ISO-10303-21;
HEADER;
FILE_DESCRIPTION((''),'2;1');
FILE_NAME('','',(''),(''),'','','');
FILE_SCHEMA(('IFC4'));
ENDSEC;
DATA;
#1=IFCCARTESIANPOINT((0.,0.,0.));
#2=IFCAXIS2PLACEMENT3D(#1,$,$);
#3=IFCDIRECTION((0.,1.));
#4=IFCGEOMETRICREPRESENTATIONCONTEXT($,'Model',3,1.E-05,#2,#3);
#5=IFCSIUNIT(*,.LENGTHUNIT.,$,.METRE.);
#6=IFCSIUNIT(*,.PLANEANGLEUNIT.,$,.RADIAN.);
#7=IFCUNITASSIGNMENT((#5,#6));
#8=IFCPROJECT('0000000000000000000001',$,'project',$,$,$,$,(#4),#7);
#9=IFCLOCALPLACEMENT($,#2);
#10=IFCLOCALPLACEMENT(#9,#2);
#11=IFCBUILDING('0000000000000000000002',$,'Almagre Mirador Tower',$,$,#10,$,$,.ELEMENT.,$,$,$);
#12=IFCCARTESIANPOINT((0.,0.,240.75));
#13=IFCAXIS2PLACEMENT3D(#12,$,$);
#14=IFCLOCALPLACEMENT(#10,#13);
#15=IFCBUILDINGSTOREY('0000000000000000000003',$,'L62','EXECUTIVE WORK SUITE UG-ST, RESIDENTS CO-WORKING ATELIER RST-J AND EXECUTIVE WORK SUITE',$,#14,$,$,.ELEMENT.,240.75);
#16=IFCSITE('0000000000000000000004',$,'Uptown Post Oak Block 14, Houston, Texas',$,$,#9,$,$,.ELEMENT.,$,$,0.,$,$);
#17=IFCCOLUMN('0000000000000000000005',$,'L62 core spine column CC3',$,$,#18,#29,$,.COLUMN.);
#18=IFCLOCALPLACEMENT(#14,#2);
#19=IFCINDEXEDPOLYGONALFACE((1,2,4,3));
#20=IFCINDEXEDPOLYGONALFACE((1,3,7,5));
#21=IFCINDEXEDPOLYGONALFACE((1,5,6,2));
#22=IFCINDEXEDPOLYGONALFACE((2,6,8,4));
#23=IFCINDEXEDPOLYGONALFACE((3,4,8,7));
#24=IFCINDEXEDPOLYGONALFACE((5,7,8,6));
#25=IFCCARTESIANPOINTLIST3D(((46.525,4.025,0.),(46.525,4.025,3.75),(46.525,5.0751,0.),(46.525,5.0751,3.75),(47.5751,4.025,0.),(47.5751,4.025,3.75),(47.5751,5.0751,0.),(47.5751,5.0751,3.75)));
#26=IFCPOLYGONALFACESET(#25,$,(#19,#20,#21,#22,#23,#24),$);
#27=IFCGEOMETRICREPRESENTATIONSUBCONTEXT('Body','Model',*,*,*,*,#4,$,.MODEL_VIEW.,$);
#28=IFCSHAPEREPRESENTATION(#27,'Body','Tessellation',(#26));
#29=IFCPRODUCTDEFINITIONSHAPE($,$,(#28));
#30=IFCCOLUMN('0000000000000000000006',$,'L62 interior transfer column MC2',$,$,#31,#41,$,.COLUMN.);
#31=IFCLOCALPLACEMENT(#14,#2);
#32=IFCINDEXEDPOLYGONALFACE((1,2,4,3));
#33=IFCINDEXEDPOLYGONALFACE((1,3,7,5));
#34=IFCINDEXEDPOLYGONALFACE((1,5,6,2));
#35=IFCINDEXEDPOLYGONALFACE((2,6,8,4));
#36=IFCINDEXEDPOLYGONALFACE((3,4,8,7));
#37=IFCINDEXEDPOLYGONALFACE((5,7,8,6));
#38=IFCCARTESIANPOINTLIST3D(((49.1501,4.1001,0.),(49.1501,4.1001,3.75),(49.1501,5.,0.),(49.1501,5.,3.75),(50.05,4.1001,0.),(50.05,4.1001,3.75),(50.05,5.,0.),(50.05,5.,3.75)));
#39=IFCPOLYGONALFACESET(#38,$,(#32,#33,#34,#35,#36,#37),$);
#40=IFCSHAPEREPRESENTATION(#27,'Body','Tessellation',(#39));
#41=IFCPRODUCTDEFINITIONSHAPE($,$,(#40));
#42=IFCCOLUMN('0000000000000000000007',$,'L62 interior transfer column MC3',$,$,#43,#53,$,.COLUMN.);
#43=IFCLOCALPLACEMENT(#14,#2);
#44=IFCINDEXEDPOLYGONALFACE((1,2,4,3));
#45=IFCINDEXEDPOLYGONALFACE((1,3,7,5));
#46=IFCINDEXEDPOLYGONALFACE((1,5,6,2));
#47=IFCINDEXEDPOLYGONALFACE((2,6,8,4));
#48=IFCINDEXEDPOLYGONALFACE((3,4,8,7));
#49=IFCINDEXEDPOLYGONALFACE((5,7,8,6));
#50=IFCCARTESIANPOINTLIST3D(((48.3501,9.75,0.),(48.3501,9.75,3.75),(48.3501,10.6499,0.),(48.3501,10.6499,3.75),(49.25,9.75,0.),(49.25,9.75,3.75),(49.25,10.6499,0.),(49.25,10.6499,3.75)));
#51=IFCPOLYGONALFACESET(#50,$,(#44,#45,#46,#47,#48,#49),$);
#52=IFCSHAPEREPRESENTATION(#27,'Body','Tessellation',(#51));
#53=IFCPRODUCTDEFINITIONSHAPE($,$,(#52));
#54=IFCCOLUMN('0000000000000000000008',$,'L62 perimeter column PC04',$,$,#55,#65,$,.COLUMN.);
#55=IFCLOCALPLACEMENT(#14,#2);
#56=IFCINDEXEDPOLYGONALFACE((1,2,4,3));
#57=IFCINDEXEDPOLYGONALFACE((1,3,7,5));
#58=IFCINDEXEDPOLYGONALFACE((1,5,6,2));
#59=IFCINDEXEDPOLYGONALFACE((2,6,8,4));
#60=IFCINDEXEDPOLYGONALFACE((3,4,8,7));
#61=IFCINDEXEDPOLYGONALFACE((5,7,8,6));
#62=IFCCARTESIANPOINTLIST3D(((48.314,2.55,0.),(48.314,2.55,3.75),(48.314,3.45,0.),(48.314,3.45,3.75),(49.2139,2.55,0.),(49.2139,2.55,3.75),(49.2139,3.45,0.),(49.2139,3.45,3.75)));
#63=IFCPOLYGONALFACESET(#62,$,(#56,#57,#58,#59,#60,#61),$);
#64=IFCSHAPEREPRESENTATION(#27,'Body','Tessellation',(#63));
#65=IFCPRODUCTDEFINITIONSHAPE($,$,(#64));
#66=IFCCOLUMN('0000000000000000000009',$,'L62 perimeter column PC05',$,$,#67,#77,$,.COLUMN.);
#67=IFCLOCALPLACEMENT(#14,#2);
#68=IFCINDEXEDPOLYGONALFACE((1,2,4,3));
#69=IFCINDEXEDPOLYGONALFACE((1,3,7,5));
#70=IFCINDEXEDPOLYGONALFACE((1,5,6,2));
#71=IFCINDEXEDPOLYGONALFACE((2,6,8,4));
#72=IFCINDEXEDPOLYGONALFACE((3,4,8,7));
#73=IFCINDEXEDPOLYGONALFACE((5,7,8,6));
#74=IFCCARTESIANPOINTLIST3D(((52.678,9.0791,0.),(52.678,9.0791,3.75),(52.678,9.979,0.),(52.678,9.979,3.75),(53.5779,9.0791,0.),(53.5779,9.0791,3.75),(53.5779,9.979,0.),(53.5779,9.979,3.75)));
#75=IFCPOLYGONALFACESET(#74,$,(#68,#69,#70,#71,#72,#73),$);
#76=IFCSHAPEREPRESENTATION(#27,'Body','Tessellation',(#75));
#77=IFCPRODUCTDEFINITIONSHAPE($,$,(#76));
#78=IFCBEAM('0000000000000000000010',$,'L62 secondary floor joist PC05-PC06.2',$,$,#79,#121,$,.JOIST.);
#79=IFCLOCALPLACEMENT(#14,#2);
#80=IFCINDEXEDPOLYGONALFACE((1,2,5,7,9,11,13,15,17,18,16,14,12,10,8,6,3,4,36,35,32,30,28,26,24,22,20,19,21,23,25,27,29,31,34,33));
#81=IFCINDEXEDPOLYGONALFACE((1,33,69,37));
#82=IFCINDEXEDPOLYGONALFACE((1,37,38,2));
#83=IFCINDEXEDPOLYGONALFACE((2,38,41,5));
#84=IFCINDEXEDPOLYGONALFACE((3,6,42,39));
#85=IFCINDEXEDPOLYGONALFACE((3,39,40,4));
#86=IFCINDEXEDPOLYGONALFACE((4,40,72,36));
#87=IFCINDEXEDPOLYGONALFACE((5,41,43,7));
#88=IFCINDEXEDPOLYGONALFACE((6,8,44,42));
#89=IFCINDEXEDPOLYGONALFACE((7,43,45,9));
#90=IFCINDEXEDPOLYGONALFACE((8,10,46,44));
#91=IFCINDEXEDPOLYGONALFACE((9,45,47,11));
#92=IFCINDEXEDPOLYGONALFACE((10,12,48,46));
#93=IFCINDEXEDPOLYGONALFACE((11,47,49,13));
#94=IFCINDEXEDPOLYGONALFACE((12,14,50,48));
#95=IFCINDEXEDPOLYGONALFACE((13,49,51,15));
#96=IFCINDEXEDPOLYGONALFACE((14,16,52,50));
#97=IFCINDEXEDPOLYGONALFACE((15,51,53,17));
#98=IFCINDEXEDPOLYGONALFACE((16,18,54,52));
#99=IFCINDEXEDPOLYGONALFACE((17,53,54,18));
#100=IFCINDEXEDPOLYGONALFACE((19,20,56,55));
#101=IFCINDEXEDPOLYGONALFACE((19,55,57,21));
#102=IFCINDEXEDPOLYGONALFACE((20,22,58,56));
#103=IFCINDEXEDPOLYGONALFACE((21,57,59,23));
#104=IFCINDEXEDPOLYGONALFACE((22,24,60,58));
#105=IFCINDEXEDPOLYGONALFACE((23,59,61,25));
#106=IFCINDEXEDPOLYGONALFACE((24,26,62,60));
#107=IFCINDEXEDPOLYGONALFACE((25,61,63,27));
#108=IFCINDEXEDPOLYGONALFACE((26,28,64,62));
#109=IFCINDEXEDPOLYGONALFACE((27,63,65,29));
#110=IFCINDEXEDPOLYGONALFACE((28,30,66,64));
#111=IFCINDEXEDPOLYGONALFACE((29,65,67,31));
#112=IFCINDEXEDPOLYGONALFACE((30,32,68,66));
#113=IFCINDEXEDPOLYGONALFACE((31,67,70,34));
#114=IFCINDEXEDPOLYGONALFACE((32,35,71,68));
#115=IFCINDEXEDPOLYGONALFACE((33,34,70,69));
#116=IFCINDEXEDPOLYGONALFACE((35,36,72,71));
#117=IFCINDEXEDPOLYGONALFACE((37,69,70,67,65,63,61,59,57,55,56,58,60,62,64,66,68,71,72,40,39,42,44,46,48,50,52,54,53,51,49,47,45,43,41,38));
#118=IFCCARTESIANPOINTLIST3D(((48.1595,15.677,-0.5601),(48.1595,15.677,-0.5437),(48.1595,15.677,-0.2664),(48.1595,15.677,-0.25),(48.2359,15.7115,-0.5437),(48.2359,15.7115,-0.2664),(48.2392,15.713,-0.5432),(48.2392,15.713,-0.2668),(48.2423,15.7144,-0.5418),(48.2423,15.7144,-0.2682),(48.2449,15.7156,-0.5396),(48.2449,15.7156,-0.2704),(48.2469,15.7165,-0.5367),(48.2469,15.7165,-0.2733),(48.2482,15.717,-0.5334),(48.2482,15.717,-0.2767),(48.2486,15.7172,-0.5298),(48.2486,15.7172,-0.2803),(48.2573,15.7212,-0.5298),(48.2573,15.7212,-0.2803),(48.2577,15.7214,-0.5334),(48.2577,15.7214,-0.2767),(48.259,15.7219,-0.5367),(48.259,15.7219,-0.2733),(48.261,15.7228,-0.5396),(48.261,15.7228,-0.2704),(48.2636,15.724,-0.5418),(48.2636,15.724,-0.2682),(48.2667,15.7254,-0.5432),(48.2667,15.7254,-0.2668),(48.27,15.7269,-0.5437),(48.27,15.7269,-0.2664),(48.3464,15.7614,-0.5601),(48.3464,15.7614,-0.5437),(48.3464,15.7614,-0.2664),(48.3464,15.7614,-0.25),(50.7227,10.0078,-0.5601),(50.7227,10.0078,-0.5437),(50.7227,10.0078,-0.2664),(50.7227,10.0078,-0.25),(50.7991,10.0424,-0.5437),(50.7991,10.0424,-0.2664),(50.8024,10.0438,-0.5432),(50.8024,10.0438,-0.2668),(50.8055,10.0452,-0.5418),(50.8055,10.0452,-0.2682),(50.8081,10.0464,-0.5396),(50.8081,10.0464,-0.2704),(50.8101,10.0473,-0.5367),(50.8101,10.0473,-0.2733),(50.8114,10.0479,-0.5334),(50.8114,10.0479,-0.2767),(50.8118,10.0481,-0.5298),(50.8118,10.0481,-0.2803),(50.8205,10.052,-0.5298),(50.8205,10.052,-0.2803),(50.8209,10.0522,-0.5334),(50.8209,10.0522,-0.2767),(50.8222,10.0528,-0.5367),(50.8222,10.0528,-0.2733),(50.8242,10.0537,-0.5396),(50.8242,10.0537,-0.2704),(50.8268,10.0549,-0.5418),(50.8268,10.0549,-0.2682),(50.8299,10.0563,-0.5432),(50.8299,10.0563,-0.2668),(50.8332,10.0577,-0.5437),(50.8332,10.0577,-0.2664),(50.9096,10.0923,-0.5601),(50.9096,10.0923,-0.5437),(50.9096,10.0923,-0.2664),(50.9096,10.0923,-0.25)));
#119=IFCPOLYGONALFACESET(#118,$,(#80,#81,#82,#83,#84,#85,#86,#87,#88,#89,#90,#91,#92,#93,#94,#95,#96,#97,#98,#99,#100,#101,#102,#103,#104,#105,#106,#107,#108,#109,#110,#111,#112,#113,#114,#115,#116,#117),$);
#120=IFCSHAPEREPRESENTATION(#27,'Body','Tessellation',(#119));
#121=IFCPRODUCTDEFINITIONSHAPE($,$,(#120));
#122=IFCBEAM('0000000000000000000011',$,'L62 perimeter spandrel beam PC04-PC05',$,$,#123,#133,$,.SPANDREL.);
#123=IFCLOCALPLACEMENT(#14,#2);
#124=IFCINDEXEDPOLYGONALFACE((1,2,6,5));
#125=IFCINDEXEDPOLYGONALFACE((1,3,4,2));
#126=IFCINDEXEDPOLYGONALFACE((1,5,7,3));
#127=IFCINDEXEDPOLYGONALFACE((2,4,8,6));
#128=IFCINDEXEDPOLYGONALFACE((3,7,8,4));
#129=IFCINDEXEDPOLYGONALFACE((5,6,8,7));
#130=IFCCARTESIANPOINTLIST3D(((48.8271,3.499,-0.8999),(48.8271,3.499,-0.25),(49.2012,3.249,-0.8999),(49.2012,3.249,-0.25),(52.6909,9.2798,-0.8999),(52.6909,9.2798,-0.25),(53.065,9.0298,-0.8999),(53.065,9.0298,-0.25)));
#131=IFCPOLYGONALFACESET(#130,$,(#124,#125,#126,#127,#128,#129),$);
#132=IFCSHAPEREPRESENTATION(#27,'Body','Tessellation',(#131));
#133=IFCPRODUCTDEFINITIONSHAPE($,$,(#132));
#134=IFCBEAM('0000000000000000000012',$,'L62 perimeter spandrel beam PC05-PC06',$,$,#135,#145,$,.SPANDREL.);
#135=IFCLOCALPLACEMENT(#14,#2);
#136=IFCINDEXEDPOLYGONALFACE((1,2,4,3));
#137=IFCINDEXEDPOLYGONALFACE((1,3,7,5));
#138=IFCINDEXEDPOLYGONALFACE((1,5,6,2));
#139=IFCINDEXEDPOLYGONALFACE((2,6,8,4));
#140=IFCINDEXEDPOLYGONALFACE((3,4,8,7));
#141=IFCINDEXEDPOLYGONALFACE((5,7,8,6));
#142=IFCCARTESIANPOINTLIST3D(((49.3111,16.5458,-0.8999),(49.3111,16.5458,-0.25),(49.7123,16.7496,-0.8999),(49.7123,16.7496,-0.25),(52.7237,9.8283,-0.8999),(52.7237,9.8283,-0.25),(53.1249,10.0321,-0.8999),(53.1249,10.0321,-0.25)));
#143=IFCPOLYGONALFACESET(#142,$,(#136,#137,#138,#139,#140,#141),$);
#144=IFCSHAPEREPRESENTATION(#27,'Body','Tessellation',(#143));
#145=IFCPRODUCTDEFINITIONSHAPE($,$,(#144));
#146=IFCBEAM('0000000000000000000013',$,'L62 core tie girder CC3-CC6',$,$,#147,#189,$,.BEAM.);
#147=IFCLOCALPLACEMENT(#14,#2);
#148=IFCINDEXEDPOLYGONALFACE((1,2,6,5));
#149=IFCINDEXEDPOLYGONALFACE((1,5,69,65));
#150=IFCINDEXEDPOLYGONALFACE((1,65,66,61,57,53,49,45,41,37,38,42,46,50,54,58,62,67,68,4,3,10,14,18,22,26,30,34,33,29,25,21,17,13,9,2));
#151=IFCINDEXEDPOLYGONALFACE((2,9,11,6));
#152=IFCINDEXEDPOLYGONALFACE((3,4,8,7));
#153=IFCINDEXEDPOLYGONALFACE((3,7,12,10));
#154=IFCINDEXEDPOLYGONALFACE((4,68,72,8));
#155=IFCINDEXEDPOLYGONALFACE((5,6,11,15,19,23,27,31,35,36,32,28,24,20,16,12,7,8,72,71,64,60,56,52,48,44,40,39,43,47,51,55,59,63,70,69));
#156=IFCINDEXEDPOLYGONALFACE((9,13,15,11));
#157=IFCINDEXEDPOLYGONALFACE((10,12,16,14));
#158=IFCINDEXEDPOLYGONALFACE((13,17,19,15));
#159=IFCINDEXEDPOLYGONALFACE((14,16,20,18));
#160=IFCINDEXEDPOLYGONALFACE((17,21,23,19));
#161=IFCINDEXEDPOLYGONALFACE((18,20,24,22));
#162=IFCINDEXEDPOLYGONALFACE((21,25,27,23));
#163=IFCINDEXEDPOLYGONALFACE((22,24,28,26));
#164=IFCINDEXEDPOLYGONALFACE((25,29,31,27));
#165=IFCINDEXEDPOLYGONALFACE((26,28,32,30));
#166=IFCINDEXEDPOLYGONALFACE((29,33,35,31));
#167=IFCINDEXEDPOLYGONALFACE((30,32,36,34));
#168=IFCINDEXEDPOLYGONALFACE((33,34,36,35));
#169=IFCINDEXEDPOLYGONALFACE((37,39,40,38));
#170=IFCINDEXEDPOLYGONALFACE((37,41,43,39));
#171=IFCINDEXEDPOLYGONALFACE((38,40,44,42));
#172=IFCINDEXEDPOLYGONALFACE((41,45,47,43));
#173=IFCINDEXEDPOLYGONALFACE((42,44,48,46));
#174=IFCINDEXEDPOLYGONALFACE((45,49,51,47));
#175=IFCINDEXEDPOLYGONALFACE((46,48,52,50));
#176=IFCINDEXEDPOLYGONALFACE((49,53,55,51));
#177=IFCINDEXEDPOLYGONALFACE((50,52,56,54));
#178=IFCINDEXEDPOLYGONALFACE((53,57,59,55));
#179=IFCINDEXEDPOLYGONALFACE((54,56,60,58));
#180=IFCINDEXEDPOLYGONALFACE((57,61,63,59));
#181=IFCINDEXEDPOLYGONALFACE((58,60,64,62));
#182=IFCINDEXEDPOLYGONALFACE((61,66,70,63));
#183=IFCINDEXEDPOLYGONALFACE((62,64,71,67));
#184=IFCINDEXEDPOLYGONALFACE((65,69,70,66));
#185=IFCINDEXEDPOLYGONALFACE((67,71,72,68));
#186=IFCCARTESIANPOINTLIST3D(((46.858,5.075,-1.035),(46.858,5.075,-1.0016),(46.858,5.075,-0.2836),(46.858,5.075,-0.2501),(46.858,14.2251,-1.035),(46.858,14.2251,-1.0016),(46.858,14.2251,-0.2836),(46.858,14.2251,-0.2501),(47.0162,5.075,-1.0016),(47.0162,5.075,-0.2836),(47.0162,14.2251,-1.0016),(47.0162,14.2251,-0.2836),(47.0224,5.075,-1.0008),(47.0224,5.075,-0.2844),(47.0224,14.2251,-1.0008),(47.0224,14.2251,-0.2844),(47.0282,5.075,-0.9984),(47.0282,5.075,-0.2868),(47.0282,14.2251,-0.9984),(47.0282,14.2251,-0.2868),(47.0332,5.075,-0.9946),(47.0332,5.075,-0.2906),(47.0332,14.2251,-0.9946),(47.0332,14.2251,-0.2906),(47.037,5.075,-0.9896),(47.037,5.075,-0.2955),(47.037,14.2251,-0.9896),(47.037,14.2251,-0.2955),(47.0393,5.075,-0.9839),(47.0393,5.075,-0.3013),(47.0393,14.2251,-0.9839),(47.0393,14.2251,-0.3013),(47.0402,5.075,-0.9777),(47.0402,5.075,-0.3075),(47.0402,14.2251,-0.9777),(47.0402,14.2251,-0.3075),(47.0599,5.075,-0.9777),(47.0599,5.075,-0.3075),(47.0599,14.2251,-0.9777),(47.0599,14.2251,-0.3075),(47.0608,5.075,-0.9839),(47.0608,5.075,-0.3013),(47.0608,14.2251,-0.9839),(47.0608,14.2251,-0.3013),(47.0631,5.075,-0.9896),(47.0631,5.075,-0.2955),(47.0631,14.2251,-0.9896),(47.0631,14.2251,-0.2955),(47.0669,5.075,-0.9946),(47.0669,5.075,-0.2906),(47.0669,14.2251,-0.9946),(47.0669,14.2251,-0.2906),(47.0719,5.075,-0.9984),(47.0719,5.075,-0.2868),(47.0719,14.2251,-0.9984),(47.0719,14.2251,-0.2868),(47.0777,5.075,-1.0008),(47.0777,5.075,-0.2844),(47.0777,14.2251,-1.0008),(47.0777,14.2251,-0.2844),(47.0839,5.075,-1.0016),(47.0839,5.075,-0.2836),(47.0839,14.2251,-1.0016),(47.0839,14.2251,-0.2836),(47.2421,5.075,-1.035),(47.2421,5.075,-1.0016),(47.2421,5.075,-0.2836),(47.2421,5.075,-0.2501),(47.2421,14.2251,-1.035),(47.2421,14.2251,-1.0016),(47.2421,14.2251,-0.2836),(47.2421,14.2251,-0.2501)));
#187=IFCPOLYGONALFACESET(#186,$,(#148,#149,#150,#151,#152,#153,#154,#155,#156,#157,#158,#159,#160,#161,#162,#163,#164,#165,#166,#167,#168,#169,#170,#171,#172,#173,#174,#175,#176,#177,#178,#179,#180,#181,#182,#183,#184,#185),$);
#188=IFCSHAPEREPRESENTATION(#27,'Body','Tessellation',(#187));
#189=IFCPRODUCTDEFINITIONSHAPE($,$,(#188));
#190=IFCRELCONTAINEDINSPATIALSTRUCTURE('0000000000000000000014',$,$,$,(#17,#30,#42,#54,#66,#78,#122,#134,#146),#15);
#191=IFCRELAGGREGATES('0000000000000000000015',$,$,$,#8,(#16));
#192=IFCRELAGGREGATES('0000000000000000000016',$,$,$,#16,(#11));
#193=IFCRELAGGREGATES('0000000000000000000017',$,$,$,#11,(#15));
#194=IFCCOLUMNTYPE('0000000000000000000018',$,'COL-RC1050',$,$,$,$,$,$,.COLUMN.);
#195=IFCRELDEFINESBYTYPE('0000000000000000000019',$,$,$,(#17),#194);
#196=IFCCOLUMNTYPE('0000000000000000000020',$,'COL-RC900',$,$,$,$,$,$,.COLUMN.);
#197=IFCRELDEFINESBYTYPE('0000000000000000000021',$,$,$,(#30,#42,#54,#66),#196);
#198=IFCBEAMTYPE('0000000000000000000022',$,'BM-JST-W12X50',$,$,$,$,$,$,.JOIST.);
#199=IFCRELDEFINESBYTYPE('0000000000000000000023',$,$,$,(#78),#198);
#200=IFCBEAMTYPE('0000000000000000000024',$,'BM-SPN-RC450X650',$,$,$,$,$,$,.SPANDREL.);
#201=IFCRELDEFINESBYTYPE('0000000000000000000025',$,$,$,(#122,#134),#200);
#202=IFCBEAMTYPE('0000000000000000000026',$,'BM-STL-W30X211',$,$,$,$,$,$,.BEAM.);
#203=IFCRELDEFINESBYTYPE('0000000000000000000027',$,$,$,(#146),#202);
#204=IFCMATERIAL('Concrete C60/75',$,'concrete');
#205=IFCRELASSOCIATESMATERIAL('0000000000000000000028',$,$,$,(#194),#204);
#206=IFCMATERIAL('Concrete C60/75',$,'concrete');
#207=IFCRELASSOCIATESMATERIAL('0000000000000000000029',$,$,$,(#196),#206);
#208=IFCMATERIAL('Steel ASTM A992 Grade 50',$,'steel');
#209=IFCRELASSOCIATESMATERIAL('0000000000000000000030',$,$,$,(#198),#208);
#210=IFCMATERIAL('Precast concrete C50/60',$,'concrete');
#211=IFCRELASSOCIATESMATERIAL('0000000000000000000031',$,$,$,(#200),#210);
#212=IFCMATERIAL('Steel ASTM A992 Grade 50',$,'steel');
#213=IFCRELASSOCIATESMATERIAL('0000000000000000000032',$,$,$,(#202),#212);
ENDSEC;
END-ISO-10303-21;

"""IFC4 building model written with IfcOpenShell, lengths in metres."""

from ifc_helpers import new_model, si_unit, direction, frame, origin, origin_2d, place, context, subcontext, project, spatial, rectangle, i_section, extrude, material, material_profile, profile_set, type_object, element, save


model = new_model("IFC4")

# Units and contexts
model_context = context("Model", 3, precision=1e-05, world=origin(), true_north=direction((0.0, 1.0)))
body_context = subcontext(model_context, "Body", "Model", "MODEL_VIEW")
ifc_project = project(units=[si_unit("LENGTHUNIT", "METRE"), si_unit("PLANEANGLEUNIT", "RADIAN")], contexts=[model_context])

# Site, building, storey
site_placement = place(None, origin())
site = spatial("IfcSite", under=ifc_project, at=site_placement, Name="Uptown Post Oak Block 14, Houston, Texas", CompositionType="ELEMENT", RefElevation=0.0)
building_placement = place(site_placement, origin())
building = spatial("IfcBuilding", under=site, at=building_placement, Name="Almagre Mirador Tower", CompositionType="ELEMENT")
storey_placement = place(building_placement, frame((0.0, 0.0, 240.75)))
storey = spatial("IfcBuildingStorey", under=building, at=storey_placement, Name="L62", Description="EXECUTIVE WORK SUITE UG-ST, RESIDENTS CO-WORKING ATELIER RST-J AND EXECUTIVE WORK SUITE", CompositionType="ELEMENT", Elevation=240.75)

# Columns
ifc_material_1 = material(Name="Concrete C60/75", Category="concrete")
ifc_material_profile_1 = material_profile(ifc_material_1, rectangle(XDim=1.05, YDim=1.05, at=origin_2d()), Name="RC1050X1050")
ifc_profile_set_1 = profile_set([ifc_material_profile_1], Name="Concrete C60/75")
column_type_1 = type_object("IfcColumnType", Name="COL-RC1050", PredefinedType="COLUMN", material=ifc_profile_set_1)
column_placement = place(storey_placement, frame((47.05, 4.55, 0.0), z_axis=(0.0, 0.0, 1.0), x_axis=(1.0, 0.0, 0.0)))
element("IfcColumn", 1, at=column_placement, inside=storey, type_object=column_type_1, Name="L62 core spine column CC3", PredefinedType="COLUMN", context=body_context, shape_type="SweptSolid", body=[
    extrude(rectangle(XDim=1.05, YDim=1.05, at=origin_2d()), origin(), (0.0, 0.0, 1.0), 3.75),
])
ifc_material_2 = material(Name="Concrete C60/75", Category="concrete")
ifc_material_profile_2 = material_profile(ifc_material_2, rectangle(XDim=0.8999, YDim=0.8999, at=origin_2d()), Name="RC900X900")
ifc_profile_set_2 = profile_set([ifc_material_profile_2], Name="Concrete C60/75")
column_type_2 = type_object("IfcColumnType", Name="COL-RC900", PredefinedType="COLUMN", material=ifc_profile_set_2)
for number, where, z_axis, x_axis, name in (
    (2, (49.6001, 4.55, 0.0), (0.0, 0.0, 1.0), (1.0, 0.0, 0.0), "L62 interior transfer column MC2"),
    (3, (48.8, 10.2, 0.0), (0.0, 0.0, 1.0), (1.0, 0.0, 0.0), "L62 interior transfer column MC3"),
    (4, (48.7639, 3.0, 0.0), (0.0, 0.0, 1.0), (1.0, 0.0, 0.0), "L62 perimeter column PC04"),
    (5, (53.1279, 9.5291, 0.0), (0.0, 0.0, 1.0), (1.0, 0.0, 0.0), "L62 perimeter column PC05"),
):
    element("IfcColumn", number, at=place(storey_placement, frame(where, z_axis=z_axis, x_axis=x_axis)), inside=storey, type_object=column_type_2, Name=name, PredefinedType="COLUMN", context=body_context, shape_type="SweptSolid", body=[
        extrude(rectangle(XDim=0.8999, YDim=0.8999, at=origin_2d()), origin(), (0.0, 0.0, 1.0), 3.75),
    ])

# Beams
ifc_material_3 = material(Name="Steel ASTM A992 Grade 50", Category="steel")
ifc_material_profile_3 = material_profile(ifc_material_3, i_section(OverallWidth=0.2051, OverallDepth=0.3101, WebThickness=0.0095, FlangeThickness=0.0164, FilletRadius=0.0139, at=origin_2d()), Name="W12X50")
ifc_profile_set_3 = profile_set([ifc_material_profile_3], Name="Steel ASTM A992 Grade 50")
beam_type_1 = type_object("IfcBeamType", Name="BM-JST-W12X50", PredefinedType="JOIST", material=ifc_profile_set_3)
beam_1_placement = place(storey_placement, frame((50.8162, 10.05, -0.405), z_axis=(-0.411981, 0.911192, 0.0), x_axis=(-0.911192, -0.411981, 0.0)))
element("IfcBeam", 6, at=beam_1_placement, inside=storey, type_object=beam_type_1, Name="L62 secondary floor joist PC05-PC06.2", PredefinedType="JOIST", context=body_context, shape_type="SweptSolid", body=[
    extrude(i_section(OverallWidth=0.2051, OverallDepth=0.3101, WebThickness=0.0095, FlangeThickness=0.0164, FilletRadius=0.0139, at=origin_2d()), origin(), (0.0, 0.0, 1.0), 6.2217),
])
ifc_material_4 = material(Name="Precast concrete C50/60", Category="concrete")
ifc_material_profile_4 = material_profile(ifc_material_4, rectangle(XDim=0.45, YDim=0.6499, at=origin_2d()), Name="RC450X650")
ifc_profile_set_4 = profile_set([ifc_material_profile_4], Name="Precast concrete C50/60")
beam_type_2 = type_object("IfcBeamType", Name="BM-SPN-RC450X650", PredefinedType="SPANDREL", material=ifc_profile_set_4)
beam_2_placement = place(storey_placement, frame((49.0142, 3.374, -0.575), z_axis=(0.555688, 0.831391, 0.0), x_axis=(-0.831391, 0.555688, 0.0)))
element("IfcBeam", 7, at=beam_2_placement, inside=storey, type_object=beam_type_2, Name="L62 perimeter spandrel beam PC04-PC05", PredefinedType="SPANDREL", context=body_context, shape_type="SweptSolid", body=[
    extrude(rectangle(XDim=0.45, YDim=0.6499, at=origin_2d()), origin(), (0.0, 0.0, 1.0), 6.9531),
])
beam_3_placement = place(storey_placement, frame((52.9243, 9.9302, -0.575), z_axis=(-0.45292, 0.891551, 0.0), x_axis=(-0.891551, -0.45292, 0.0)))
element("IfcBeam", 8, at=beam_3_placement, inside=storey, type_object=beam_type_2, Name="L62 perimeter spandrel beam PC05-PC06", PredefinedType="SPANDREL", context=body_context, shape_type="SweptSolid", body=[
    extrude(rectangle(XDim=0.45, YDim=0.6499, at=origin_2d()), origin(), (0.0, 0.0, 1.0), 7.5347),
])
ifc_material_5 = material(Name="Steel ASTM A992 Grade 50", Category="steel")
ifc_material_profile_5 = material_profile(ifc_material_5, i_section(OverallWidth=0.384, OverallDepth=0.7849, WebThickness=0.0198, FlangeThickness=0.0334, FilletRadius=0.0239, at=origin_2d()), Name="W30X211")
ifc_profile_set_5 = profile_set([ifc_material_profile_5], Name="Steel ASTM A992 Grade 50")
beam_type_3 = type_object("IfcBeamType", Name="BM-STL-W30X211", PredefinedType="BEAM", material=ifc_profile_set_5)
beam_4_placement = place(storey_placement, frame((47.05, 5.075, -0.6426), z_axis=(0.0, 1.0, 0.0), x_axis=(-1.0, 0.0, 0.0)))
element("IfcBeam", 9, at=beam_4_placement, inside=storey, type_object=beam_type_3, Name="L62 core tie girder CC3-CC6", PredefinedType="BEAM", context=body_context, shape_type="SweptSolid", body=[
    extrude(i_section(OverallWidth=0.384, OverallDepth=0.7849, WebThickness=0.0198, FlangeThickness=0.0334, FilletRadius=0.0239, at=origin_2d()), origin(), (0.0, 0.0, 1.0), 9.1501),
])

save(model, "model.ifc")
